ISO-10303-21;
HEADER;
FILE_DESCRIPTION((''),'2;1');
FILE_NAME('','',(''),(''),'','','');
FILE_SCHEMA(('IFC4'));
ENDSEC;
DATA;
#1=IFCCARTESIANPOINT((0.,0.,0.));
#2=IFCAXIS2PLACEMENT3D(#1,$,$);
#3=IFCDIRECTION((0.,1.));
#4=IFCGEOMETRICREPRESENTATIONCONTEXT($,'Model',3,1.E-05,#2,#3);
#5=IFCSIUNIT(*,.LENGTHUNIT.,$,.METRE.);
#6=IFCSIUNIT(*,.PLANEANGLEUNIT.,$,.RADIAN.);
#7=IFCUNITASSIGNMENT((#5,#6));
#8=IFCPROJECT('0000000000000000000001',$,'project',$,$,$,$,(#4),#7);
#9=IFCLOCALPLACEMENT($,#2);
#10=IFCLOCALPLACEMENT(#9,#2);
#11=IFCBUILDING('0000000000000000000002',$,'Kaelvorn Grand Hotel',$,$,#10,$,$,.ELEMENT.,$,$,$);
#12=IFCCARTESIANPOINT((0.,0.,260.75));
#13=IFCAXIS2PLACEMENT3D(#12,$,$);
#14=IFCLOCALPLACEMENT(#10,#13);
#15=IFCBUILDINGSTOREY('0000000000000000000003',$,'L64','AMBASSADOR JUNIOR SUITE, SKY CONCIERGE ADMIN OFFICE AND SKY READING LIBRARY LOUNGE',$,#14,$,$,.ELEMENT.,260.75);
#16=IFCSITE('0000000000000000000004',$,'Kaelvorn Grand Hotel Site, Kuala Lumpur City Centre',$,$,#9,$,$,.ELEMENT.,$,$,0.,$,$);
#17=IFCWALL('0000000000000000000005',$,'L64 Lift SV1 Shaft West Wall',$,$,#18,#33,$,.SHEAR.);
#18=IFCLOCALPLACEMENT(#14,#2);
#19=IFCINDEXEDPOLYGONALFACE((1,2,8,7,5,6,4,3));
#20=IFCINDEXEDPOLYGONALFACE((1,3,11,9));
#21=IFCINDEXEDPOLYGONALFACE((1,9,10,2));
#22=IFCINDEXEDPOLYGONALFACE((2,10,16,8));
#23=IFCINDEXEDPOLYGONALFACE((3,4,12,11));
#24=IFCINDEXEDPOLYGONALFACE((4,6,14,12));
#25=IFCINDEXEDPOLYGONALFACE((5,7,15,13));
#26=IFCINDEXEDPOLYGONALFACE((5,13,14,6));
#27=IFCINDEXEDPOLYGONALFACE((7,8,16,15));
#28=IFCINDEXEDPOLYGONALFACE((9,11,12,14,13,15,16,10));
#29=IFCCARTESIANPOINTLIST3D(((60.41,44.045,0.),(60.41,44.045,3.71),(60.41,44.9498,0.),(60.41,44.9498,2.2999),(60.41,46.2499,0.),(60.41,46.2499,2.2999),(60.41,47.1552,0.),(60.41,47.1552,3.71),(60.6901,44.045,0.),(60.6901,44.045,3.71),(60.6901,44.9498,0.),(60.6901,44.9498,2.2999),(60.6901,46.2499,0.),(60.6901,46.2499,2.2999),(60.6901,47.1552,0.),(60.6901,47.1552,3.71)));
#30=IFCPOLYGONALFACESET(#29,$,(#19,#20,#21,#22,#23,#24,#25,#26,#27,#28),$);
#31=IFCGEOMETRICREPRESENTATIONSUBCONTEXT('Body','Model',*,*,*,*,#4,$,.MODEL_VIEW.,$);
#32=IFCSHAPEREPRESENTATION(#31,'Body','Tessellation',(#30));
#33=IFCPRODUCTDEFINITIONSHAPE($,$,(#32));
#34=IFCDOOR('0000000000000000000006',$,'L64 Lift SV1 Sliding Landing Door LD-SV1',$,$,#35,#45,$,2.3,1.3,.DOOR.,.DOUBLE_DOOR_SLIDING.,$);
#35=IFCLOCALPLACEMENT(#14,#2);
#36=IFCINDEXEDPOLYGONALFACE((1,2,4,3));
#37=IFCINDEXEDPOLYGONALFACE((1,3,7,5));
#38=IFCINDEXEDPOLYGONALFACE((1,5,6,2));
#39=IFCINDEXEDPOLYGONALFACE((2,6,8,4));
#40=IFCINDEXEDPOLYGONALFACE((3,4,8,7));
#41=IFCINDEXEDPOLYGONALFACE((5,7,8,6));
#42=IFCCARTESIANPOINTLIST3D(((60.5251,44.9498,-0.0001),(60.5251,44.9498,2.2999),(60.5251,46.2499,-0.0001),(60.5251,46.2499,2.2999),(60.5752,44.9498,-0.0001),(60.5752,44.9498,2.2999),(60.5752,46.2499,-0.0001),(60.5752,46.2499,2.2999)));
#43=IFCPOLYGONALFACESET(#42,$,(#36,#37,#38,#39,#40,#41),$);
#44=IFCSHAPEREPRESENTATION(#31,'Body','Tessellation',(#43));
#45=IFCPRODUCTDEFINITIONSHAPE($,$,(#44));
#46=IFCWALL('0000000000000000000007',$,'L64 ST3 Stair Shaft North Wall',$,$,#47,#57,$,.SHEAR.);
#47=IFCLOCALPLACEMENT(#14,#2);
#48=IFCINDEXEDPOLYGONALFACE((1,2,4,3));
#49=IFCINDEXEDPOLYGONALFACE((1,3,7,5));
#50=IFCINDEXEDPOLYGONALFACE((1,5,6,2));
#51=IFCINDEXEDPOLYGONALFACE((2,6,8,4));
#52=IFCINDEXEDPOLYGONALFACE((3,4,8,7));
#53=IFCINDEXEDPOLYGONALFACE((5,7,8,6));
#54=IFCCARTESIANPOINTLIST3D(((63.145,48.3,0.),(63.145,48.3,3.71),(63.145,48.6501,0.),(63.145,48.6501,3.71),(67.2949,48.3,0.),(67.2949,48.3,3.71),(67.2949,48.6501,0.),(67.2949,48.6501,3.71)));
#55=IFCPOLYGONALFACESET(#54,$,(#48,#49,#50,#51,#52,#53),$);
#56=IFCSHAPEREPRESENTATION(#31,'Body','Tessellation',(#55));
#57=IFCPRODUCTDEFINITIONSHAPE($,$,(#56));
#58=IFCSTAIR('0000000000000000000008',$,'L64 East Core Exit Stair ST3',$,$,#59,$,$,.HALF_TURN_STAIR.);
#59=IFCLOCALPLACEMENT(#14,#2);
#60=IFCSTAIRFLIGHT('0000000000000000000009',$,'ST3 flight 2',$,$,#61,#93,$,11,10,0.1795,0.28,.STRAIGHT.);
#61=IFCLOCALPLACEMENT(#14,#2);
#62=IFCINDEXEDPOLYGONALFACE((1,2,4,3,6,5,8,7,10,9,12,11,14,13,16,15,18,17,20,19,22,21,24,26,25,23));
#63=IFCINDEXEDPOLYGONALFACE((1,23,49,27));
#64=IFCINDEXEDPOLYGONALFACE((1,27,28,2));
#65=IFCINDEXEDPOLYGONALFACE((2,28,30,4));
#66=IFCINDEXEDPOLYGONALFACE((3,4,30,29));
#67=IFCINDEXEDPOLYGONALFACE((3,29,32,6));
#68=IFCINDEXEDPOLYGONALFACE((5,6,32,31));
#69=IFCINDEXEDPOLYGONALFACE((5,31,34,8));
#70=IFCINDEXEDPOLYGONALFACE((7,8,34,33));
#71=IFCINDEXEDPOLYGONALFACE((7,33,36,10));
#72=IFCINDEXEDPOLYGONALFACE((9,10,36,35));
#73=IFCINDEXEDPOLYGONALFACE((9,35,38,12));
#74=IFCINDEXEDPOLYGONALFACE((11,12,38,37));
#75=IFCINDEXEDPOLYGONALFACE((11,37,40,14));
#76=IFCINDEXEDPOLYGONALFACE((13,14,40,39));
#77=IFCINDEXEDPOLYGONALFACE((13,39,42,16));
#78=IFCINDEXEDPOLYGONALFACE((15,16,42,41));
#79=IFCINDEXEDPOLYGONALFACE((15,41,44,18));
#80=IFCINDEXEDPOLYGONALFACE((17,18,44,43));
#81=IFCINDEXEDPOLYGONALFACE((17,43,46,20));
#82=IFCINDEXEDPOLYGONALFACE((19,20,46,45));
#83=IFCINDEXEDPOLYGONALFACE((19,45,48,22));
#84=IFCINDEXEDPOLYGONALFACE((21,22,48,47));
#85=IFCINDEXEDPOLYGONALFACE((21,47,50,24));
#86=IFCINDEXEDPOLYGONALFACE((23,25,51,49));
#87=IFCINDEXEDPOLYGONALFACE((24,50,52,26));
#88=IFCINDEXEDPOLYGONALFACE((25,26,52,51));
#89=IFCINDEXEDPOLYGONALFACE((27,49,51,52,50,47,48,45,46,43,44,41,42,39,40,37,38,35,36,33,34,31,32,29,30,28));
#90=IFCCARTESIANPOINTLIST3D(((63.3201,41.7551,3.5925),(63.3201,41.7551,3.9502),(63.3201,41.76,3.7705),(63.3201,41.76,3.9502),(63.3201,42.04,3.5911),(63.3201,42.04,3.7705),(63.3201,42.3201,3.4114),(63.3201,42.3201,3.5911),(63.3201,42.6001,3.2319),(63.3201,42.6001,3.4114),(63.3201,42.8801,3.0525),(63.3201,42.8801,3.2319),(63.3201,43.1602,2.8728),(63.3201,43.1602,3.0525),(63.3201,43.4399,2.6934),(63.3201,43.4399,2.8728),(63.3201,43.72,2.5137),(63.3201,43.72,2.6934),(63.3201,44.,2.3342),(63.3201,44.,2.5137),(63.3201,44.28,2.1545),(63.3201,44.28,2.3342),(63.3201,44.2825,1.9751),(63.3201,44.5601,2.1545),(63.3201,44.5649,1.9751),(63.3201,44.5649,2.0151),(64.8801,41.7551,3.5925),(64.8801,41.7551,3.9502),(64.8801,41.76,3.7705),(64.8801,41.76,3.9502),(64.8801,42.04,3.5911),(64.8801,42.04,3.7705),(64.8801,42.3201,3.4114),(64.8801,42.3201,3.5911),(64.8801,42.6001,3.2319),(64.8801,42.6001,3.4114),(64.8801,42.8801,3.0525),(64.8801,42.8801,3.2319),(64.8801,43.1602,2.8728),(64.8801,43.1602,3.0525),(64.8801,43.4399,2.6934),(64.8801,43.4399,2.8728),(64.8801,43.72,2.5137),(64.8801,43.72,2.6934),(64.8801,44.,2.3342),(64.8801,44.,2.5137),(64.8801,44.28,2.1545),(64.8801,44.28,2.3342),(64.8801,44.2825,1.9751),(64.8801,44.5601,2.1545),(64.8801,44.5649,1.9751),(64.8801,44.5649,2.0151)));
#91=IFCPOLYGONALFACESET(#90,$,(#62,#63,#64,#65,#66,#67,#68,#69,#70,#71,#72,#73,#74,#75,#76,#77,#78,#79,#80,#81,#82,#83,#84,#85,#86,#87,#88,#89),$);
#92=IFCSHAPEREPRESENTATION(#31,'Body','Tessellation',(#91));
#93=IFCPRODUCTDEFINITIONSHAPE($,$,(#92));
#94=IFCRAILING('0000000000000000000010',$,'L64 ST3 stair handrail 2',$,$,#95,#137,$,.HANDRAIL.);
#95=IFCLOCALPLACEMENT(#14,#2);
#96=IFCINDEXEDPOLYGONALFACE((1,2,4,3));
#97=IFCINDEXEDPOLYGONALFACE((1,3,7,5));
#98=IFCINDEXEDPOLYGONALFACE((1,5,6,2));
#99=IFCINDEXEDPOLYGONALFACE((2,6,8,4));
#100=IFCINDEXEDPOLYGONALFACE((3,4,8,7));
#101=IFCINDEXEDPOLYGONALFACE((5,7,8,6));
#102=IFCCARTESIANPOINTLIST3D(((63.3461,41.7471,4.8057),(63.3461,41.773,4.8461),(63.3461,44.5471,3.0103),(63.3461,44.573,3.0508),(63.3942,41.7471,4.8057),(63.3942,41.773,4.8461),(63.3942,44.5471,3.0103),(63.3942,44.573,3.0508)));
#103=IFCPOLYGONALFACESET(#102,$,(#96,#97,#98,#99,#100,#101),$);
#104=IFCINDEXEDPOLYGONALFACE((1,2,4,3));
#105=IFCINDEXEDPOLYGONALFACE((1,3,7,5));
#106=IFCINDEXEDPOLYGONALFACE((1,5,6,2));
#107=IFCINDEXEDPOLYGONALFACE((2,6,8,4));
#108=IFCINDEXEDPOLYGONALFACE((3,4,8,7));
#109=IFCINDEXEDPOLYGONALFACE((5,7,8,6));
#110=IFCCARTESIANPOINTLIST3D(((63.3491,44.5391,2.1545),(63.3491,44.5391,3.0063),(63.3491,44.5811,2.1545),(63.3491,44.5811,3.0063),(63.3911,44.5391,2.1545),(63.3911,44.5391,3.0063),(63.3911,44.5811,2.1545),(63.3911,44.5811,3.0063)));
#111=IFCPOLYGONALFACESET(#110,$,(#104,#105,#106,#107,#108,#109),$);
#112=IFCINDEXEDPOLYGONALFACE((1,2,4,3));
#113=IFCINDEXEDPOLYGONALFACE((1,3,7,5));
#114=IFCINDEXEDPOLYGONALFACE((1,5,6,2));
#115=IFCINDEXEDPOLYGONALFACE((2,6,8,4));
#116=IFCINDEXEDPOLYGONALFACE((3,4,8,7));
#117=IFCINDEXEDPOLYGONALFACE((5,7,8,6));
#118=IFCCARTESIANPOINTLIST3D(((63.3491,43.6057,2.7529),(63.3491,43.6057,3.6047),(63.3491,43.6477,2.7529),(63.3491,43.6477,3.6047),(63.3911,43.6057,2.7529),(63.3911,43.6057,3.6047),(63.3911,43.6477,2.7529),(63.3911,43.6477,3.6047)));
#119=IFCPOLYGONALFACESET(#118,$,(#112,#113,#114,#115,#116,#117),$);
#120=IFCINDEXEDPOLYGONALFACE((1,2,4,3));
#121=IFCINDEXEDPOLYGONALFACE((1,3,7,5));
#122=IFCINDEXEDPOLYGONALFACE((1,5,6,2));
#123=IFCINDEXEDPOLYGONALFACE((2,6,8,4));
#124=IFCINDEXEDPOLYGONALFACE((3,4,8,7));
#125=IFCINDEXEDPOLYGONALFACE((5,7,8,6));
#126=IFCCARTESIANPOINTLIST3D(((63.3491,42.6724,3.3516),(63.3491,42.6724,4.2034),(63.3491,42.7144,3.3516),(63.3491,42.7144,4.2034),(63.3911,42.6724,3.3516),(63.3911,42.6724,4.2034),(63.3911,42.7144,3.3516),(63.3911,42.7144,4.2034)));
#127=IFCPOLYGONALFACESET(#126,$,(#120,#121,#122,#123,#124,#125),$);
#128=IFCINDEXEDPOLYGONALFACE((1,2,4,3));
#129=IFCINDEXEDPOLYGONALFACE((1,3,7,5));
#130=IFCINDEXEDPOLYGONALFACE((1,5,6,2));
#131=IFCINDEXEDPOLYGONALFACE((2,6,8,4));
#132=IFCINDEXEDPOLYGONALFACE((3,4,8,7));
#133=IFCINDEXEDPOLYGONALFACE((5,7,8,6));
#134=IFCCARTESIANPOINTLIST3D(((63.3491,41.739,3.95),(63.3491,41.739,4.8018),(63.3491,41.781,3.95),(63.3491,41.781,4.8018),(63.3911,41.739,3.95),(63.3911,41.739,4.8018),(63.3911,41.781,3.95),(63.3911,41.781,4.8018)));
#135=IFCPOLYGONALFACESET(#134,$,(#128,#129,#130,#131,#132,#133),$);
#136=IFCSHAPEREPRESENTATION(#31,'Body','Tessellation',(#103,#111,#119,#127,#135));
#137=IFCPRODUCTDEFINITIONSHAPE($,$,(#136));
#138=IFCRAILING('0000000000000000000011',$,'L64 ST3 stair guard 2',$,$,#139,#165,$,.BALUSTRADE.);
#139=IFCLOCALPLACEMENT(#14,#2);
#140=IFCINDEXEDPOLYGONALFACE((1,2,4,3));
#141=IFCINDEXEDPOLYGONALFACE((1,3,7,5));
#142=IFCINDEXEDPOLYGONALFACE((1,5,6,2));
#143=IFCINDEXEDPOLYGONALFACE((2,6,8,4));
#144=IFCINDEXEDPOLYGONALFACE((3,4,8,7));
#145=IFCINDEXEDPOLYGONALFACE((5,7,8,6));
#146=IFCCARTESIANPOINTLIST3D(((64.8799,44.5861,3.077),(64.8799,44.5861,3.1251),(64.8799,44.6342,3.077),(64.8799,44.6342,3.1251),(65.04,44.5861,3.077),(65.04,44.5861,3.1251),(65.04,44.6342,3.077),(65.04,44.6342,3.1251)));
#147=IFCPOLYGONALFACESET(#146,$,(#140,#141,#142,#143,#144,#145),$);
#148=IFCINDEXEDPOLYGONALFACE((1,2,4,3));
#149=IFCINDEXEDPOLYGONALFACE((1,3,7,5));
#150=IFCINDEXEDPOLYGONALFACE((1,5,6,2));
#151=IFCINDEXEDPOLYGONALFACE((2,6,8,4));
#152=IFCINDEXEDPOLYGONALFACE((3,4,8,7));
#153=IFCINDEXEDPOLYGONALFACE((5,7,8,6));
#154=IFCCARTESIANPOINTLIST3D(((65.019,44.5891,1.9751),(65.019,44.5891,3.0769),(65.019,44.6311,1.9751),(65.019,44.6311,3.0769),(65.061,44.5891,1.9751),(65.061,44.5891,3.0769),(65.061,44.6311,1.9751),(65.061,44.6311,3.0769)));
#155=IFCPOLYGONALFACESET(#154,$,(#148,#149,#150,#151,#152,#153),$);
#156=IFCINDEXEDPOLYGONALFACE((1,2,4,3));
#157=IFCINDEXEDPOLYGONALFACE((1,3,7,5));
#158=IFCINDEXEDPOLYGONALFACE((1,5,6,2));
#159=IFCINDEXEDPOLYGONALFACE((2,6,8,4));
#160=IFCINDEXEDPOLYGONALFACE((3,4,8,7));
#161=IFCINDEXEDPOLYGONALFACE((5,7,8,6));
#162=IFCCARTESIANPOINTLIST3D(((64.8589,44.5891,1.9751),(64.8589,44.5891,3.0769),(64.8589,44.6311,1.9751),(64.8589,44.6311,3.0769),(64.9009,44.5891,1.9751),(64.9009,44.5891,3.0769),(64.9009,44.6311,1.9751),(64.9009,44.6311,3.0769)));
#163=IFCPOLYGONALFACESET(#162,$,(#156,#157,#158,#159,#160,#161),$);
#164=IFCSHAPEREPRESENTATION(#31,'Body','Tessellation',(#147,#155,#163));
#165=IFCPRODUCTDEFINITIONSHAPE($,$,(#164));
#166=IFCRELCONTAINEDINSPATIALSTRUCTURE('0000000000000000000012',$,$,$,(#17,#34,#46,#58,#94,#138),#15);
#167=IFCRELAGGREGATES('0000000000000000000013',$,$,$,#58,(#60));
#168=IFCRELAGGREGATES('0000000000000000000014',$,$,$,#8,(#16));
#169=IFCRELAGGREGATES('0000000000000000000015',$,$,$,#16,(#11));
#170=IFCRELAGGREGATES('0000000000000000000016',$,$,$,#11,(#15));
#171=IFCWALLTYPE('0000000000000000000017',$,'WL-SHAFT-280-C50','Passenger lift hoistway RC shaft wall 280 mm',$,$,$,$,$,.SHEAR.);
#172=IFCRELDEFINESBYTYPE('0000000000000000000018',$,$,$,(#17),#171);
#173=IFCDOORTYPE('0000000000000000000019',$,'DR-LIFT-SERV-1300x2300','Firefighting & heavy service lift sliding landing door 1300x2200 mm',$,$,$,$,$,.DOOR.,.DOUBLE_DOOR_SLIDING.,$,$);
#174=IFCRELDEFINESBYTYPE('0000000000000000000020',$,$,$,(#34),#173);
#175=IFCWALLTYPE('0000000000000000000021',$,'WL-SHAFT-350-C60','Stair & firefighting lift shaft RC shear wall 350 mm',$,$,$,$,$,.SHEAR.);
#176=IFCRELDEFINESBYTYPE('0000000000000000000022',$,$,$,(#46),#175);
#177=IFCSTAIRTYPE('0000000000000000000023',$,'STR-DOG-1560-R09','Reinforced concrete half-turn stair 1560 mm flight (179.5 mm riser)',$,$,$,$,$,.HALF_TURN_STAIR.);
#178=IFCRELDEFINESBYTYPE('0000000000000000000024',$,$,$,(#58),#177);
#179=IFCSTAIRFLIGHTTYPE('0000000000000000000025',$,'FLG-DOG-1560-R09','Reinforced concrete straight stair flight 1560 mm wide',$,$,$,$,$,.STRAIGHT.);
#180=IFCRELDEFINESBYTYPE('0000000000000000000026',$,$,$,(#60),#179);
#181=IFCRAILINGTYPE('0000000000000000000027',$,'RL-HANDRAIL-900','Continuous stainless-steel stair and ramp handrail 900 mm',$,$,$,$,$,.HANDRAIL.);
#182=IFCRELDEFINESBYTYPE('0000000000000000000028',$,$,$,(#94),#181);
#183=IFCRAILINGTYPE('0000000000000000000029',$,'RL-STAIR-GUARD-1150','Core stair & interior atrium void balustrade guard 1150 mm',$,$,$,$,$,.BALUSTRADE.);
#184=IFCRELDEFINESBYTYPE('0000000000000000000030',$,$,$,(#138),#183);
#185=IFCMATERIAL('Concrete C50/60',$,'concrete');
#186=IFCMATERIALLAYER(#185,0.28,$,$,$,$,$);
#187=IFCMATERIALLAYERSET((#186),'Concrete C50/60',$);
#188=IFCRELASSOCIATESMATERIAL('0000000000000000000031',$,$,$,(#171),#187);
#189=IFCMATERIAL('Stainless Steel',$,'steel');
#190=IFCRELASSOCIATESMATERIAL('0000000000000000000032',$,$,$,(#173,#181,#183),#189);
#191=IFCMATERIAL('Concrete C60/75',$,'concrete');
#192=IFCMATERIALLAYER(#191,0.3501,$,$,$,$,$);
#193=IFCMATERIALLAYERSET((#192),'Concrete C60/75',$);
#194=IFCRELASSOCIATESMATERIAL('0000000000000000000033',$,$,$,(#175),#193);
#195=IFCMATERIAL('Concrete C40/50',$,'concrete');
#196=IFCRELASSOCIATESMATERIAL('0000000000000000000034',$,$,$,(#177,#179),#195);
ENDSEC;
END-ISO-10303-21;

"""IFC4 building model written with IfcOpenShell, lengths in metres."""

from ifc_helpers import new_model, si_unit, direction, frame, frame_2d, origin, origin_2d, place, context, subcontext, project, spatial, polyline, rectangle, outline, extrude, material, layer, layer_set, type_object, element, fill, aggregate, save


model = new_model("IFC4")

# Units and contexts
model_context = context("Model", 3, precision=1e-05, world=origin(), true_north=direction((0.0, 1.0)))
body_context = subcontext(model_context, "Body", "Model", "MODEL_VIEW")
ifc_project = project(units=[si_unit("LENGTHUNIT", "METRE"), si_unit("PLANEANGLEUNIT", "RADIAN")], contexts=[model_context])

# Site, building, storey
site_placement = place(None, origin())
site = spatial("IfcSite", under=ifc_project, at=site_placement, Name="Kaelvorn Grand Hotel Site, Kuala Lumpur City Centre", CompositionType="ELEMENT", RefElevation=0.0)
building_placement = place(site_placement, origin())
building = spatial("IfcBuilding", under=site, at=building_placement, Name="Kaelvorn Grand Hotel", CompositionType="ELEMENT")
storey_placement = place(building_placement, frame((0.0, 0.0, 260.75)))
storey = spatial("IfcBuildingStorey", under=building, at=storey_placement, Name="L64", Description="AMBASSADOR JUNIOR SUITE, SKY CONCIERGE ADMIN OFFICE AND SKY READING LIBRARY LOUNGE", CompositionType="ELEMENT", Elevation=260.75)

# Shared definitions
ifc_material_1 = material(Name="Concrete C60/75", Category="concrete")
ifc_material_2 = material(Name="Concrete C50/60", Category="concrete")

# Shared definitions
ifc_material_3 = material(Name="Concrete C40/50", Category="concrete")

# Shared definitions
ifc_layer_1 = layer(ifc_material_2, 0.28)
ifc_layer_set_1 = layer_set([ifc_layer_1], Name="Concrete C50/60")
wall_type_1 = type_object("IfcWallType", Name="WL-SHAFT-280-C50", Description="Passenger lift hoistway RC shaft wall 280 mm", PredefinedType="SHEAR", material=ifc_layer_set_1)

# Wall, opening, door
wall_1_placement = place(storey_placement, frame((60.55, 44.0449, 0.0), z_axis=(0.0, 0.0, 1.0), x_axis=(0.0, 1.0, 0.0)))
wall_1 = element("IfcWall", 1, at=wall_1_placement, inside=storey, type_object=wall_type_1, Name="L64 Lift SV1 Shaft West Wall", PredefinedType="SHEAR", context=body_context, shape_type="SweptSolid", body=[
    extrude(rectangle(XDim=3.1101, YDim=0.28, at=frame_2d((1.5552, 0.0))), origin(), (0.0, 0.0, 1.0), 3.71),
])
opening_1_placement = place(wall_1_placement, frame((0.905, 0.0, 0.0)))
opening_1 = element("IfcOpeningElement", 2, at=opening_1_placement, cuts=wall_1, PredefinedType="OPENING", context=body_context, shape_type="SweptSolid", body=[
    extrude(rectangle(XDim=1.3, YDim=2.3, at=frame_2d((0.6499, 1.1499))), frame((0.0, 0.1499, 0.0), z_axis=(0.0, -1.0, 0.0), x_axis=(1.0, 0.0, 0.0)), (0.0, 0.0, 1.0), 0.3),
])
ifc_material_4 = material(Name="Stainless Steel", Category="steel")
door_type = type_object("IfcDoorType", Name="DR-LIFT-SERV-1300x2300", Description="Firefighting & heavy service lift sliding landing door 1300x2200 mm", OperationType="DOUBLE_DOOR_SLIDING", PredefinedType="DOOR", material=ifc_material_4)
door_placement = place(opening_1_placement, origin())
door = element("IfcDoor", 3, at=door_placement, inside=storey, type_object=door_type, Name="L64 Lift SV1 Sliding Landing Door LD-SV1", OperationType="DOUBLE_DOOR_SLIDING", OverallHeight=2.3, OverallWidth=1.3, PredefinedType="DOOR", context=body_context, shape_type="SweptSolid", body=[
    extrude(rectangle(XDim=1.3, YDim=2.3, at=frame_2d((0.6499, 1.1499))), frame((0.0, 0.0249, 0.0), z_axis=(0.0, -1.0, 0.0), x_axis=(1.0, 0.0, 0.0)), (0.0, 0.0, 1.0), 0.05),
])
fill(opening_1, door)

# Wall
ifc_layer_2 = layer(ifc_material_1, 0.3501)
ifc_layer_set_2 = layer_set([ifc_layer_2], Name="Concrete C60/75")
wall_type_2 = type_object("IfcWallType", Name="WL-SHAFT-350-C60", Description="Stair & firefighting lift shaft RC shear wall 350 mm", PredefinedType="SHEAR", material=ifc_layer_set_2)
wall_2_placement = place(storey_placement, frame((63.145, 48.4751, 0.0), z_axis=(0.0, 0.0, 1.0), x_axis=(1.0, 0.0, 0.0)))
element("IfcWall", 4, at=wall_2_placement, inside=storey, type_object=wall_type_2, Name="L64 ST3 Stair Shaft North Wall", PredefinedType="SHEAR", context=body_context, shape_type="SweptSolid", body=[
    extrude(rectangle(XDim=4.1499, YDim=0.3501, at=frame_2d((2.075, 0.0))), origin(), (0.0, 0.0, 1.0), 3.71),
])

# Stair, stair flight
stair_type = type_object("IfcStairType", Name="STR-DOG-1560-R09", Description="Reinforced concrete half-turn stair 1560 mm flight (179.5 mm riser)", PredefinedType="HALF_TURN_STAIR", material=ifc_material_3)
stair_placement = place(storey_placement, origin())
stair = element("IfcStair", 5, at=stair_placement, inside=storey, type_object=stair_type, Name="L64 East Core Exit Stair ST3", PredefinedType="HALF_TURN_STAIR")
stair_flight_type = type_object("IfcStairFlightType", Name="FLG-DOG-1560-R09", Description="Reinforced concrete straight stair flight 1560 mm wide", PredefinedType="STRAIGHT", material=ifc_material_3)
stair_flight_placement = place(storey_placement, frame((64.1001, 44.5601, 1.9751), z_axis=(0.0, 0.0, 1.0), x_axis=(0.0, -1.0, 0.0)))
stair_flight = element("IfcStairFlight", 6, at=stair_flight_placement, type_object=stair_flight_type, Name="ST3 flight 2", NumberOfRisers=11, NumberOfTreads=10, PredefinedType="STRAIGHT", RiserHeight=0.1795, TreadLength=0.28, context=body_context, shape_type="SweptSolid", body=[
    extrude(outline(polyline([(-0.0049, 0.0), (-0.0049, 0.04), (0.0, 0.1794), (0.28, 0.1794), (0.28, 0.3591), (0.5601, 0.3591), (0.5601, 0.5386), (0.8401, 0.5386), (0.8401, 0.7183), (1.1201, 0.7183), (1.1201, 0.8977), (1.3999, 0.8977), (1.3999, 1.0774), (1.6799, 1.0774), (1.6799, 1.2568), (1.96, 1.2568), (1.96, 1.4363), (2.24, 1.4363), (2.24, 1.616), (2.52, 1.616), (2.52, 1.7954), (2.8, 1.7954), (2.8, 1.9751), (2.8049, 1.9751), (2.8049, 1.6174), (0.2776, 0.0), (-0.0049, 0.0)])), frame((0.0, 0.78, 0.0), z_axis=(0.0, -1.0, 0.0), x_axis=(1.0, 0.0, 0.0)), (0.0, 0.0, 1.0), 1.5601),
])
aggregate(stair, [stair_flight])

# Railings
railing_type_1 = type_object("IfcRailingType", Name="RL-HANDRAIL-900", Description="Continuous stainless-steel stair and ramp handrail 900 mm", PredefinedType="HANDRAIL", material=ifc_material_4)
railing_1_placement = place(storey_placement, frame((63.3701, 44.5601, 2.1545)))
element("IfcRailing", 7, at=railing_1_placement, inside=storey, type_object=railing_type_1, Name="L64 ST3 stair handrail 2", PredefinedType="HANDRAIL", context=body_context, shape_type="SweptSolid", body=[
    extrude(rectangle(XDim=0.0481, YDim=0.0481, at=origin_2d()), frame((0.0, 0.0, 0.876), z_axis=(0.0, -0.84181, 0.539774), x_axis=(1.0, 0.0, 0.0)), (0.0, 0.0, 1.0), 3.3262),
    extrude(rectangle(XDim=0.042, YDim=0.042, at=origin_2d()), origin(), (0.0, 0.0, 1.0), 0.8518),
    extrude(rectangle(XDim=0.042, YDim=0.042, at=origin_2d()), frame((0.0, -0.9333, 0.5984)), (0.0, 0.0, 1.0), 0.8518),
    extrude(rectangle(XDim=0.042, YDim=0.042, at=origin_2d()), frame((0.0, -1.8667, 1.197)), (0.0, 0.0, 1.0), 0.8518),
    extrude(rectangle(XDim=0.042, YDim=0.042, at=origin_2d()), frame((0.0, -2.8, 1.7954)), (0.0, 0.0, 1.0), 0.8518),
])
railing_type_2 = type_object("IfcRailingType", Name="RL-STAIR-GUARD-1150", Description="Core stair & interior atrium void balustrade guard 1150 mm", PredefinedType="BALUSTRADE", material=ifc_material_4)
railing_2_placement = place(storey_placement, frame((65.04, 44.6101, 1.9751)))
element("IfcRailing", 8, at=railing_2_placement, inside=storey, type_object=railing_type_2, Name="L64 ST3 stair guard 2", PredefinedType="BALUSTRADE", context=body_context, shape_type="SweptSolid", body=[
    extrude(rectangle(XDim=0.0481, YDim=0.0481, at=origin_2d()), frame((0.0, 0.0, 1.126), z_axis=(-1.0, 0.0, 0.0), x_axis=(0.0, -1.0, 0.0)), (0.0, 0.0, 1.0), 0.1602),
    extrude(rectangle(XDim=0.042, YDim=0.042, at=origin_2d()), origin(), (0.0, 0.0, 1.0), 1.1018),
    extrude(rectangle(XDim=0.042, YDim=0.042, at=origin_2d()), frame((-0.1602, 0.0, 0.0)), (0.0, 0.0, 1.0), 1.1018),
])

save(model, "model.ifc")
